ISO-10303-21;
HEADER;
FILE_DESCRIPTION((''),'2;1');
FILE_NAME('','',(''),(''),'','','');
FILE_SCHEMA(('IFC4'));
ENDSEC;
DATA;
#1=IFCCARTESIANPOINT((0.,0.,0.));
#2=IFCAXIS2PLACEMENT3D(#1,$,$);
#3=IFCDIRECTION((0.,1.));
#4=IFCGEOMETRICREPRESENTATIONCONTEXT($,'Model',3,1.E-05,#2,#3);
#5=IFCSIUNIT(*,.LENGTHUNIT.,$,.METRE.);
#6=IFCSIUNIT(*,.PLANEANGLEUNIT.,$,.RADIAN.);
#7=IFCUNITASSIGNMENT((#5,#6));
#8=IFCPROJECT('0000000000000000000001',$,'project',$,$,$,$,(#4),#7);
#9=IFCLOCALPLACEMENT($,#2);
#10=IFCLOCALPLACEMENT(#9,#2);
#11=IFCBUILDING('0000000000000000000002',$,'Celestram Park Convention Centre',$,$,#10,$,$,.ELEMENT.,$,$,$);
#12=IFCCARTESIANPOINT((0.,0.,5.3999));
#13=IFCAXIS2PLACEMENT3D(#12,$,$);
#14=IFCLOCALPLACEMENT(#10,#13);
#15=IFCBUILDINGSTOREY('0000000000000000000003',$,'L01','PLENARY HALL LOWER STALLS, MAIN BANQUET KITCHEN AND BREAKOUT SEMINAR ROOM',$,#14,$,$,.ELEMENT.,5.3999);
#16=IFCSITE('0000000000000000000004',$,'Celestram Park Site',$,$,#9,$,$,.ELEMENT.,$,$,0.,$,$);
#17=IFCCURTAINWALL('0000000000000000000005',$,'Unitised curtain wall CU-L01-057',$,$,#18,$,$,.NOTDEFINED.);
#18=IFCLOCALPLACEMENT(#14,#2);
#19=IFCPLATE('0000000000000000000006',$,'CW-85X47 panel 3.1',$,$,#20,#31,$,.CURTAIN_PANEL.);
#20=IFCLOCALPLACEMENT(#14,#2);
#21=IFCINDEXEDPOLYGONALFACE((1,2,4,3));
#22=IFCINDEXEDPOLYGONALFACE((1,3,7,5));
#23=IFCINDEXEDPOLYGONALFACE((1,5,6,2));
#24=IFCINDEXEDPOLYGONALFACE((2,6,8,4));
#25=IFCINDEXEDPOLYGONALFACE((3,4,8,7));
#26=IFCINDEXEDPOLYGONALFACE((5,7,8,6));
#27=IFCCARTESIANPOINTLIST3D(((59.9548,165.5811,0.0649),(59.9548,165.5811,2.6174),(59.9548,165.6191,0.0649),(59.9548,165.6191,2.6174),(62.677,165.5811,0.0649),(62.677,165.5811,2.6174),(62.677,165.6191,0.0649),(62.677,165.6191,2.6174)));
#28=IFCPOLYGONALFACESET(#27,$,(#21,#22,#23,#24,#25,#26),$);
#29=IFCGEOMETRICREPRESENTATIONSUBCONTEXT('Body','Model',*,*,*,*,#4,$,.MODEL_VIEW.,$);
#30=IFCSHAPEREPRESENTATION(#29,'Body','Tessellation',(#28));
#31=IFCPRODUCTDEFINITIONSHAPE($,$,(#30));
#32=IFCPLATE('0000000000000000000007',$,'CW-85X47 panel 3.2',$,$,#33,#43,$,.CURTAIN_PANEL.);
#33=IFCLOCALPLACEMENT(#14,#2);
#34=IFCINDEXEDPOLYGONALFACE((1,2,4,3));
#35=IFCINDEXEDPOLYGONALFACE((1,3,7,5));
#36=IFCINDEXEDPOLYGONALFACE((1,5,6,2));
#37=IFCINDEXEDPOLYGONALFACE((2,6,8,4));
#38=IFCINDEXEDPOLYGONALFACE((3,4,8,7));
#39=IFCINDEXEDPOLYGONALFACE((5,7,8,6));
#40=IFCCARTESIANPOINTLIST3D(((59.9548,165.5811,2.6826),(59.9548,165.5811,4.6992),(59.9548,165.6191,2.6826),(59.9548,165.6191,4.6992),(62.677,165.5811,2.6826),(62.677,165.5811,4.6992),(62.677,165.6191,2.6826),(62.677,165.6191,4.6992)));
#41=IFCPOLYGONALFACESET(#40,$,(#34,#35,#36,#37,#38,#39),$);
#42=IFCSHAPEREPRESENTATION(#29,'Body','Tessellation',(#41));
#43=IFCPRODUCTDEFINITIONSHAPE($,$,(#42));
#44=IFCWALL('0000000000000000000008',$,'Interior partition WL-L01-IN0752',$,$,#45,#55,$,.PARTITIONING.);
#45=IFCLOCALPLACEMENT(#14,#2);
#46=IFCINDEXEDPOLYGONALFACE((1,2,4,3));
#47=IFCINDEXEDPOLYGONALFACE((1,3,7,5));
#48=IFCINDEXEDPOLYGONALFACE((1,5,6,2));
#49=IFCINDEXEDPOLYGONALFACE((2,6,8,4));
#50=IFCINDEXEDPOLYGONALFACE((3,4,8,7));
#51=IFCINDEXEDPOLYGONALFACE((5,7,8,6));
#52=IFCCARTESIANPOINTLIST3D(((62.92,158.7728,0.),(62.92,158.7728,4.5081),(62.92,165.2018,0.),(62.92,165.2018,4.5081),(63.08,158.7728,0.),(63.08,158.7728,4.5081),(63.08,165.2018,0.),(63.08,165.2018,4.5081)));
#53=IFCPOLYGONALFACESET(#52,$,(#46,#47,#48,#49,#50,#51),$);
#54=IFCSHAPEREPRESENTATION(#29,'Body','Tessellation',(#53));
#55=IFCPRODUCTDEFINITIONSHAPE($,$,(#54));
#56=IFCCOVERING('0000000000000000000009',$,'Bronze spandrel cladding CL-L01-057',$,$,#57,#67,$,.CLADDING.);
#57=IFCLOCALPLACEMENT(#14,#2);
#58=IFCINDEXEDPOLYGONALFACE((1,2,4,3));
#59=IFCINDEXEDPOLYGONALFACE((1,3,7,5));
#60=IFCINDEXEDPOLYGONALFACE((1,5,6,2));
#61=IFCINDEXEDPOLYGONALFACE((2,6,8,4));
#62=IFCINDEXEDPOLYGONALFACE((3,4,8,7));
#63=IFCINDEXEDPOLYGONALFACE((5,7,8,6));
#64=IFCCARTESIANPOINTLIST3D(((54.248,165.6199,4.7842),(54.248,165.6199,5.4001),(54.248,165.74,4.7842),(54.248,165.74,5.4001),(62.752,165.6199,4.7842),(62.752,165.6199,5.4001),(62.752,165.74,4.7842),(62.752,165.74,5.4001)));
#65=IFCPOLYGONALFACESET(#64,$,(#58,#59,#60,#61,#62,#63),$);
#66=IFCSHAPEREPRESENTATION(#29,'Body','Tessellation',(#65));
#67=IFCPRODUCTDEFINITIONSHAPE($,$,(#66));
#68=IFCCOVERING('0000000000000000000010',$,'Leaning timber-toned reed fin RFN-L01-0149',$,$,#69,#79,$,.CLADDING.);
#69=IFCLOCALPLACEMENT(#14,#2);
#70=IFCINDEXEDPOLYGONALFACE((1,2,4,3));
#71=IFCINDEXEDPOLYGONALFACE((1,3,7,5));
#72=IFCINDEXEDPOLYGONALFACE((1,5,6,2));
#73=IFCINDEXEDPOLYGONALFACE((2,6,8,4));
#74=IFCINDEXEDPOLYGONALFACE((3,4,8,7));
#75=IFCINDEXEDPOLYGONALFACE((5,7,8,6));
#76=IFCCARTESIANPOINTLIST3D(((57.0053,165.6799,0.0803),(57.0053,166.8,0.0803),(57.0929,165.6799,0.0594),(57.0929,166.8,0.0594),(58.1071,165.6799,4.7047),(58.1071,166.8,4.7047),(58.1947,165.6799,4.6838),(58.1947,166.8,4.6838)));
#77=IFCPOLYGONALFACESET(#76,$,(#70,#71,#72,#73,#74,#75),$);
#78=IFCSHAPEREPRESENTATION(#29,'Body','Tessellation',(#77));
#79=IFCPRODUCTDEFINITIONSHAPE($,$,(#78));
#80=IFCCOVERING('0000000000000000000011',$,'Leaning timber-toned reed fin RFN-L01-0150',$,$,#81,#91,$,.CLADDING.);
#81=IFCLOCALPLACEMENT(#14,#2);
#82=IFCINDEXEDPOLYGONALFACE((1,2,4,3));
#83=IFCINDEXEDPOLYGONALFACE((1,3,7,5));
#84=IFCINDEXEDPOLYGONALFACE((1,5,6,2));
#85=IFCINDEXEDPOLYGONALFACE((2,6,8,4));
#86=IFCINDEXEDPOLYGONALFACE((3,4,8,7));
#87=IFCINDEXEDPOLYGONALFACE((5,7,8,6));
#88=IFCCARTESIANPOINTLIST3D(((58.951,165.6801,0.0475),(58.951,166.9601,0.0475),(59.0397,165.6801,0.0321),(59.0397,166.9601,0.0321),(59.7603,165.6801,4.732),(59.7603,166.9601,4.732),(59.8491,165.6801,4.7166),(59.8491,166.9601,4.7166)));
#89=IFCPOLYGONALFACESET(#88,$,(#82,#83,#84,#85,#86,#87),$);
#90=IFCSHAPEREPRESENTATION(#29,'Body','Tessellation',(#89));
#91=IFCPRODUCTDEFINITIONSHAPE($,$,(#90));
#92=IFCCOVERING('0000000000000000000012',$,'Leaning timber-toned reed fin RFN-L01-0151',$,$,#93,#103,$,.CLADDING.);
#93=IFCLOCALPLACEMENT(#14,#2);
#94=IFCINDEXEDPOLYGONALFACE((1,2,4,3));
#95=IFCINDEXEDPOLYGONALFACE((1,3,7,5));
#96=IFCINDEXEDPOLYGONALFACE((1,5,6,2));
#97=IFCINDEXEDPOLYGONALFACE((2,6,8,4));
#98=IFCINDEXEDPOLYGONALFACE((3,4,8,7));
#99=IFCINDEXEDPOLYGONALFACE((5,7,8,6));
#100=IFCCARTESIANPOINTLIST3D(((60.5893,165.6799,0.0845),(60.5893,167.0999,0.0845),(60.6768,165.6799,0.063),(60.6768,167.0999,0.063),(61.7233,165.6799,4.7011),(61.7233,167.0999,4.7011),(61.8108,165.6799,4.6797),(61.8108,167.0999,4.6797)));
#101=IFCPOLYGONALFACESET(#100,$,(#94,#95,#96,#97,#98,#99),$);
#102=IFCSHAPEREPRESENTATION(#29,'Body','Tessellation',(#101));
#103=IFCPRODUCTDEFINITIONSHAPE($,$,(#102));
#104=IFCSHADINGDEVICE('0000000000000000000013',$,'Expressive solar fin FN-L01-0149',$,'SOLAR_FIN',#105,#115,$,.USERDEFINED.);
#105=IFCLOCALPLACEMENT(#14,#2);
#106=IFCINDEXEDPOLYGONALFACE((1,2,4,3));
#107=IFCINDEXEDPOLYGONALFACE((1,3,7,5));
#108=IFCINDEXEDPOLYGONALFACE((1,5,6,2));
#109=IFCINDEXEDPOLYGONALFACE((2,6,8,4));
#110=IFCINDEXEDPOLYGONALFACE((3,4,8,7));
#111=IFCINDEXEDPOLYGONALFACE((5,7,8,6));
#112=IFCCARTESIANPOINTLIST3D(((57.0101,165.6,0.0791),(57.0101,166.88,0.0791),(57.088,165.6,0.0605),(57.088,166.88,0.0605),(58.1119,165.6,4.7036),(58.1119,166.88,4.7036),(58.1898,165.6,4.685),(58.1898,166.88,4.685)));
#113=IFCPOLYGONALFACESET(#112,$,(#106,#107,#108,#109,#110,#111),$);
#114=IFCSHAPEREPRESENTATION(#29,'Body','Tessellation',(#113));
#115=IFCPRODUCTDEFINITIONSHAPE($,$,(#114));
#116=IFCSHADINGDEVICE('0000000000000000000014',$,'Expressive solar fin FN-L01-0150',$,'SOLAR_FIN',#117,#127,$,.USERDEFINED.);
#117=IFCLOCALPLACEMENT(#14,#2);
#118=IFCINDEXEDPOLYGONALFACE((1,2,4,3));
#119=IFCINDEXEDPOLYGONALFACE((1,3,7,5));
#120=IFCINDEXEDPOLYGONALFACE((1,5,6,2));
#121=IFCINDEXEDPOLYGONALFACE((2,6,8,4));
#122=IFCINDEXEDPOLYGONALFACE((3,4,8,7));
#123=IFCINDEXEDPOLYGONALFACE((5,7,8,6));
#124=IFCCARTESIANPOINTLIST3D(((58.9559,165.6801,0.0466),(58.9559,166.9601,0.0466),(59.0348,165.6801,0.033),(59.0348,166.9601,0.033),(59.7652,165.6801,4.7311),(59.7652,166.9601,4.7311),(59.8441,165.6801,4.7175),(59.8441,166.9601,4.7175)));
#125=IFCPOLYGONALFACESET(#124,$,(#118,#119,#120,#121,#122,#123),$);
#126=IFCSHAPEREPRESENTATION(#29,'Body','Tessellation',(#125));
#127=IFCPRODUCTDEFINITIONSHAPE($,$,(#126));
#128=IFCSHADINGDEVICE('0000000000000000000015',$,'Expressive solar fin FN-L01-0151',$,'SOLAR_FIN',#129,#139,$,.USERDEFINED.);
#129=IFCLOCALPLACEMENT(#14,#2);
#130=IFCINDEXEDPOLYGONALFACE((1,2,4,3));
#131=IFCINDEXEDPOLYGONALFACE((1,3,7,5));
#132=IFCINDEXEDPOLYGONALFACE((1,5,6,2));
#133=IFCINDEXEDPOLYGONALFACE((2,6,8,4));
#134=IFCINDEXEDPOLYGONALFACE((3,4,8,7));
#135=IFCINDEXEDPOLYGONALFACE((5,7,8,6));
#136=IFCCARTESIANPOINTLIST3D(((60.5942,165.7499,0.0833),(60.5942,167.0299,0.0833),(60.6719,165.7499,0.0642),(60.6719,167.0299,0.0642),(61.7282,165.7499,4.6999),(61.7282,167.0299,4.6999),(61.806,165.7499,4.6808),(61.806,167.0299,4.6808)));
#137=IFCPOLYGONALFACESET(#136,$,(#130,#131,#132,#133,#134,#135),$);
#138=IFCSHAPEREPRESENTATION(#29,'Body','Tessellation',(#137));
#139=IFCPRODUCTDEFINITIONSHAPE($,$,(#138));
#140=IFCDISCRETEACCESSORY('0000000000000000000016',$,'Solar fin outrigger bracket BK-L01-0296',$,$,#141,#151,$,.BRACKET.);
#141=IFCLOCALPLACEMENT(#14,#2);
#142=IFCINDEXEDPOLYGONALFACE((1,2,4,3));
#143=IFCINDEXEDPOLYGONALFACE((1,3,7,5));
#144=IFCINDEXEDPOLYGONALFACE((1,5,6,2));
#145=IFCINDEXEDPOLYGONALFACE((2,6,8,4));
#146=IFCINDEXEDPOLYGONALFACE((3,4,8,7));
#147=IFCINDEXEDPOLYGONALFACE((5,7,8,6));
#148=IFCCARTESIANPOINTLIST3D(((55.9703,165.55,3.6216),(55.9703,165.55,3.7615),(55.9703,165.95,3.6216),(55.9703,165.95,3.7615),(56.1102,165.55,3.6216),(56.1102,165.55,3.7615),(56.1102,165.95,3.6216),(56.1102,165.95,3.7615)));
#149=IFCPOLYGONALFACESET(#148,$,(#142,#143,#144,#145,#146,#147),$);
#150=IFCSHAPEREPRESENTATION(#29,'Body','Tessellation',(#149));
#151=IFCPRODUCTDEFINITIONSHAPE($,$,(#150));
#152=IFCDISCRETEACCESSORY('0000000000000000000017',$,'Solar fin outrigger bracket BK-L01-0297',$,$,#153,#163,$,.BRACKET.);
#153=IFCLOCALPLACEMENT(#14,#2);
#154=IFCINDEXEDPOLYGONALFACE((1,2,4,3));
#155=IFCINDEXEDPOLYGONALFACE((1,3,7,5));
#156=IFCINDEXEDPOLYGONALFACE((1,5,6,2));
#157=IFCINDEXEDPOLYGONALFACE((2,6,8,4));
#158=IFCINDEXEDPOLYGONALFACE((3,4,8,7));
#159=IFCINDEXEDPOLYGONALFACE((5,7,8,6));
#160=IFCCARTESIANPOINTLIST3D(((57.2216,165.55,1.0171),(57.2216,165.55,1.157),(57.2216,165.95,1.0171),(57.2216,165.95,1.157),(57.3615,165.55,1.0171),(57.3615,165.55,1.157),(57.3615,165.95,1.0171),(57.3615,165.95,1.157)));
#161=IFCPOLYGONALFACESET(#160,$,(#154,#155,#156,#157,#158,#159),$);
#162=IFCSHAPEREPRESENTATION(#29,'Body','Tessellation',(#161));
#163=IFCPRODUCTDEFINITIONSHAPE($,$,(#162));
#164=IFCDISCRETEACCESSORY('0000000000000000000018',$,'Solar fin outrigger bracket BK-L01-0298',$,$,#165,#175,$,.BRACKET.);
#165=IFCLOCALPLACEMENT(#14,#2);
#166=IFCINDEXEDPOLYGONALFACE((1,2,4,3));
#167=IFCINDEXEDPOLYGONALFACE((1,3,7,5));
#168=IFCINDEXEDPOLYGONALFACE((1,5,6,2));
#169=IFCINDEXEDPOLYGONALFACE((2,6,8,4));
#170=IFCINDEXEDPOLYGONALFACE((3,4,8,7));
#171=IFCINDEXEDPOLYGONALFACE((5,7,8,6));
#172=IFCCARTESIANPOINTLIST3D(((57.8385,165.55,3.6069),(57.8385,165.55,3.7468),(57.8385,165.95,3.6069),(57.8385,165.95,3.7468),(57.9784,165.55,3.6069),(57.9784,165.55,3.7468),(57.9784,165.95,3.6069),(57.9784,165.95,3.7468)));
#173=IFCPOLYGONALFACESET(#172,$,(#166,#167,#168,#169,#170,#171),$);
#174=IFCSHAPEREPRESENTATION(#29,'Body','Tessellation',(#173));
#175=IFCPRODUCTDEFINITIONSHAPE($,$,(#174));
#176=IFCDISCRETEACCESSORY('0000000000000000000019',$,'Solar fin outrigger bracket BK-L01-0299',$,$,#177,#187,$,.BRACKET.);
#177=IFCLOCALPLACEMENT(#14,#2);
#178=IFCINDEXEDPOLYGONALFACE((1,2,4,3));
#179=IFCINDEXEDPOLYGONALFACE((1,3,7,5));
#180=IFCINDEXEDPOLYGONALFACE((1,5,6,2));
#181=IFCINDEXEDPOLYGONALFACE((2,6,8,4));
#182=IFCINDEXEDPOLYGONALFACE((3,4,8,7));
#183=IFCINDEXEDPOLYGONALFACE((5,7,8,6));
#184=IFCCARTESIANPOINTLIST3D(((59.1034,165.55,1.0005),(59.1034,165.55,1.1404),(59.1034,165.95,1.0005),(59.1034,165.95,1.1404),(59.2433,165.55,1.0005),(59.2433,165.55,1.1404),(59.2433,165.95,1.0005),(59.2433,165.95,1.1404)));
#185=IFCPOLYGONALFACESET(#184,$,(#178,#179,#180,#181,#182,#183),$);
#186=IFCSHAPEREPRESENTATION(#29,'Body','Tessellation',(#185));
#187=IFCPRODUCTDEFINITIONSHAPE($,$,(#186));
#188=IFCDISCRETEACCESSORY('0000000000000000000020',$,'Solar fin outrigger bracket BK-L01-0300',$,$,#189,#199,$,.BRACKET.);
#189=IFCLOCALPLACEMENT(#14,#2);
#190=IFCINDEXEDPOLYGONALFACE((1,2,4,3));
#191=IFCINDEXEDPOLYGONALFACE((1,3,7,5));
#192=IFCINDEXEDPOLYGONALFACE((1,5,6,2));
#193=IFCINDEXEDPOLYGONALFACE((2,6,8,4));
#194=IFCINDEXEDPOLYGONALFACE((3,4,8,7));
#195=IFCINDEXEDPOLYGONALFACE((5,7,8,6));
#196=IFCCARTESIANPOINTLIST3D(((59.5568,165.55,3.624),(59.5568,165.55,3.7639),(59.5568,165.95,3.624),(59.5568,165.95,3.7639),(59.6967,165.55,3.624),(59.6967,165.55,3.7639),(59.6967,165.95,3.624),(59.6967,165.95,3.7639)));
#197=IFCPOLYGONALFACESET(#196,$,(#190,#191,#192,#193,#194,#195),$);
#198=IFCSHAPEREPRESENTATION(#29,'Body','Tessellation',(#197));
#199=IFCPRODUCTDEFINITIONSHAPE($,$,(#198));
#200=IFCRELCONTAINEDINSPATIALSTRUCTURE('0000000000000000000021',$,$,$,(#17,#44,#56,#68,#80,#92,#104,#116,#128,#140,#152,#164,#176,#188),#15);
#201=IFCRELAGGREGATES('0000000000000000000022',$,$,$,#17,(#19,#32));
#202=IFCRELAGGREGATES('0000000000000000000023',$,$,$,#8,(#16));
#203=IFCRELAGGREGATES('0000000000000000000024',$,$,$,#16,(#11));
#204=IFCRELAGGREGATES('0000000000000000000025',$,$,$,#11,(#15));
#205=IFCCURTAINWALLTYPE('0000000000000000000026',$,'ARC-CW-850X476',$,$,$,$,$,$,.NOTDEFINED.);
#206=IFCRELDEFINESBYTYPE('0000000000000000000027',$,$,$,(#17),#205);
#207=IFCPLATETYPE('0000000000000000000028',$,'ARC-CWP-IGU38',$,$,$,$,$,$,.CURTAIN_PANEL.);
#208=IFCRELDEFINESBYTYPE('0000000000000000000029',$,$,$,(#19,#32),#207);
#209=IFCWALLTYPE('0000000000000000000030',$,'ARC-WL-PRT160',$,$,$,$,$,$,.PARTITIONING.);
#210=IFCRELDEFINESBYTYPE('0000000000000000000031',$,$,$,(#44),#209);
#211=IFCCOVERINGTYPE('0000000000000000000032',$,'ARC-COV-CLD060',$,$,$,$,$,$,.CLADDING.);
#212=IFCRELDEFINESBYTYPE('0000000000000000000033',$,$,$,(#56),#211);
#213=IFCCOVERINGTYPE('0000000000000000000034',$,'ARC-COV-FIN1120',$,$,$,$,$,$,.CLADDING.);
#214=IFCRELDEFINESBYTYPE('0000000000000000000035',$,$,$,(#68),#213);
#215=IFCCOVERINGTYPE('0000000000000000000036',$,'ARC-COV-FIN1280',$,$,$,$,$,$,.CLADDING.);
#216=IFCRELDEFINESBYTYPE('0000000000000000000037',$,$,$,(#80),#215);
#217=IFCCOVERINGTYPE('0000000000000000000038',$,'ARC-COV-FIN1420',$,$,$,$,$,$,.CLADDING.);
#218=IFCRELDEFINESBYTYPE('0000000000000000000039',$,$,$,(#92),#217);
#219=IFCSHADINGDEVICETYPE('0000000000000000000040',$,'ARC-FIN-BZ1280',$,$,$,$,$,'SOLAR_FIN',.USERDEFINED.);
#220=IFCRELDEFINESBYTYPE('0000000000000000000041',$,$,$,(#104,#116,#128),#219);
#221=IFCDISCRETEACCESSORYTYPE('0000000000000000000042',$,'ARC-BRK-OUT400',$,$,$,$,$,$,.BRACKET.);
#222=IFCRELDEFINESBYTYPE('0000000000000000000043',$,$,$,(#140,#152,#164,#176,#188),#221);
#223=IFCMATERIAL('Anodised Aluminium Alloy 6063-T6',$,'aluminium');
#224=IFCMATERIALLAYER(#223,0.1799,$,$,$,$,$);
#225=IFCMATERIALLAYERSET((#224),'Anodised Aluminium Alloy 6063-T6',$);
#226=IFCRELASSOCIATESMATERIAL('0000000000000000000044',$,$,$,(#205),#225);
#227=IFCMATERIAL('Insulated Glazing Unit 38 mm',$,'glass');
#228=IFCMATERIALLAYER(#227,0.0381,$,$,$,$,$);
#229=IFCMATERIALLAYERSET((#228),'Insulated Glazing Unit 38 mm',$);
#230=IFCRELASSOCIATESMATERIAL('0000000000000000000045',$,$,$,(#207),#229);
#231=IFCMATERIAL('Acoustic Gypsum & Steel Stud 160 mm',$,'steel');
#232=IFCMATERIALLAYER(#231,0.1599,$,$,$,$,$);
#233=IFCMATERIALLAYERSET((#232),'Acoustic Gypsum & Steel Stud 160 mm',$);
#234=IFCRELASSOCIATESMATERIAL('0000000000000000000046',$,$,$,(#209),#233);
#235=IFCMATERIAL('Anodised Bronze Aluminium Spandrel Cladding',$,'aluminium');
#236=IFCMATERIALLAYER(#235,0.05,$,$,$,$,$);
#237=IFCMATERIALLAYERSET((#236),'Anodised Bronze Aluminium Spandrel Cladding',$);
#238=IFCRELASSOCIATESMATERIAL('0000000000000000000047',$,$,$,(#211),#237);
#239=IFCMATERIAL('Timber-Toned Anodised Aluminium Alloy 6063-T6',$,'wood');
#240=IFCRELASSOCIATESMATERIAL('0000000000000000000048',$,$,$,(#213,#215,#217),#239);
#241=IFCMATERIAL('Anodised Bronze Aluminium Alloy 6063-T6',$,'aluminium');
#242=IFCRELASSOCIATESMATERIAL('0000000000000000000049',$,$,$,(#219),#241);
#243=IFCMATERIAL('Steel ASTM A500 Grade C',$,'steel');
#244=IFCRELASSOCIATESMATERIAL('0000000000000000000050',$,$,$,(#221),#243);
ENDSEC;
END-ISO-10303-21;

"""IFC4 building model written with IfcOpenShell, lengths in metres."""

from ifc_helpers import new_model, si_unit, direction, frame, frame_2d, origin, origin_2d, place, context, subcontext, project, spatial, rectangle, extrude, material, layer, layer_set, material_profile, profile_set, type_object, element, aggregate, save


model = new_model("IFC4")

# Units and contexts
model_context = context("Model", 3, precision=1e-05, world=origin(), true_north=direction((0.0, 1.0)))
body_context = subcontext(model_context, "Body", "Model", "MODEL_VIEW")
ifc_project = project(units=[si_unit("LENGTHUNIT", "METRE"), si_unit("PLANEANGLEUNIT", "RADIAN")], contexts=[model_context])

# Site, building, storey
site_placement = place(None, origin())
site = spatial("IfcSite", under=ifc_project, at=site_placement, Name="Celestram Park Site", CompositionType="ELEMENT", RefElevation=0.0)
building_placement = place(site_placement, origin())
building = spatial("IfcBuilding", under=site, at=building_placement, Name="Celestram Park Convention Centre", CompositionType="ELEMENT")
storey_placement = place(building_placement, frame((0.0, 0.0, 5.3999)))
storey = spatial("IfcBuildingStorey", under=building, at=storey_placement, Name="L01", Description="PLENARY HALL LOWER STALLS, MAIN BANQUET KITCHEN AND BREAKOUT SEMINAR ROOM", CompositionType="ELEMENT", Elevation=5.3999)

# Curtain wall
ifc_material_1 = material(Name="Anodised Aluminium Alloy 6063-T6", Category="aluminium")
ifc_layer_1 = layer(ifc_material_1, 0.1799)
ifc_layer_set_1 = layer_set([ifc_layer_1], Name="Anodised Aluminium Alloy 6063-T6")
curtain_wall_type = type_object("IfcCurtainWallType", Name="ARC-CW-850X476", PredefinedType="NOTDEFINED", material=ifc_layer_set_1)
curtain_wall_1_placement = place(storey_placement, origin())
curtain_wall_1 = element("IfcCurtainWall", 1, at=curtain_wall_1_placement, inside=storey, type_object=curtain_wall_type, Name="Unitised curtain wall CU-L01-057", PredefinedType="NOTDEFINED")

# Plates
ifc_material_2 = material(Name="Insulated Glazing Unit 38 mm", Category="glass")
ifc_layer_2 = layer(ifc_material_2, 0.0381)
ifc_layer_set_2 = layer_set([ifc_layer_2], Name="Insulated Glazing Unit 38 mm")
plate_type = type_object("IfcPlateType", Name="ARC-CWP-IGU38", PredefinedType="CURTAIN_PANEL", material=ifc_layer_set_2)
plate_1_placement = place(storey_placement, frame((61.3159, 165.6001, 0.0649), z_axis=(0.0, 0.0, 1.0), x_axis=(1.0, 0.0, 0.0)))
plate_1 = element("IfcPlate", 2, at=plate_1_placement, type_object=plate_type, Name="CW-85X47 panel 3.1", PredefinedType="CURTAIN_PANEL", context=body_context, shape_type="SweptSolid", body=[
    extrude(rectangle(XDim=2.7222, YDim=0.0381, at=origin_2d()), origin(), (0.0, 0.0, 1.0), 2.5525),
])
plate_2_placement = place(storey_placement, frame((61.3159, 165.6001, 2.6826), z_axis=(0.0, 0.0, 1.0), x_axis=(1.0, 0.0, 0.0)))
plate_2 = element("IfcPlate", 3, at=plate_2_placement, type_object=plate_type, Name="CW-85X47 panel 3.2", PredefinedType="CURTAIN_PANEL", context=body_context, shape_type="SweptSolid", body=[
    extrude(rectangle(XDim=2.7222, YDim=0.0381, at=origin_2d()), origin(), (0.0, 0.0, 1.0), 2.0166),
])
aggregate(curtain_wall_1, [plate_1, plate_2])

# Wall
ifc_material_3 = material(Name="Acoustic Gypsum & Steel Stud 160 mm", Category="steel")
ifc_layer_3 = layer(ifc_material_3, 0.1599)
ifc_layer_set_3 = layer_set([ifc_layer_3], Name="Acoustic Gypsum & Steel Stud 160 mm")
wall_type = type_object("IfcWallType", Name="ARC-WL-PRT160", PredefinedType="PARTITIONING", material=ifc_layer_set_3)
wall_placement = place(storey_placement, frame((63.0, 158.7729, 0.0), z_axis=(0.0, 0.0, 1.0), x_axis=(0.0, 1.0, 0.0)))
element("IfcWall", 4, at=wall_placement, inside=storey, type_object=wall_type, Name="Interior partition WL-L01-IN0752", PredefinedType="PARTITIONING", context=body_context, shape_type="SweptSolid", body=[
    extrude(rectangle(XDim=6.429, YDim=0.1599, at=frame_2d((3.2144, 0.0))), origin(), (0.0, 0.0, 1.0), 4.5081),
])

# Coverings
ifc_material_4 = material(Name="Anodised Bronze Aluminium Spandrel Cladding", Category="aluminium")
ifc_layer_4 = layer(ifc_material_4, 0.05)
ifc_layer_set_4 = layer_set([ifc_layer_4], Name="Anodised Bronze Aluminium Spandrel Cladding")
covering_type_1 = type_object("IfcCoveringType", Name="ARC-COV-CLD060", PredefinedType="CLADDING", material=ifc_layer_set_4)
covering_1_placement = place(storey_placement, frame((58.5, 165.6799, 4.7842), z_axis=(0.0, 0.0, 1.0), x_axis=(1.0, 0.0, 0.0)))
element("IfcCovering", 5, at=covering_1_placement, inside=storey, type_object=covering_type_1, Name="Bronze spandrel cladding CL-L01-057", PredefinedType="CLADDING", context=body_context, shape_type="SweptSolid", body=[
    extrude(rectangle(XDim=8.5039, YDim=0.1201, at=origin_2d()), origin(), (0.0, 0.0, 1.0), 0.616),
])
ifc_material_5 = material(Name="Timber-Toned Anodised Aluminium Alloy 6063-T6", Category="wood")
ifc_material_profile_1 = material_profile(ifc_material_5, rectangle(XDim=1.1201, YDim=0.0901, at=origin_2d()), Name="REED1120X90")
ifc_profile_set_1 = profile_set([ifc_material_profile_1], Name="Timber-Toned Anodised Aluminium Alloy 6063-T6")
covering_type_2 = type_object("IfcCoveringType", Name="ARC-COV-FIN1120", PredefinedType="CLADDING", material=ifc_profile_set_1)
covering_2_placement = place(storey_placement, frame((57.0491, 166.24, 0.0698), z_axis=(0.231766, 0.0, 0.972771), x_axis=(0.0, 1.0, 0.0)))
element("IfcCovering", 6, at=covering_2_placement, inside=storey, type_object=covering_type_2, Name="Leaning timber-toned reed fin RFN-L01-0149", PredefinedType="CLADDING", context=body_context, shape_type="SweptSolid", body=[
    extrude(rectangle(XDim=1.1201, YDim=0.0901, at=origin_2d()), origin(), (0.0, 0.0, 1.0), 4.7539),
])
ifc_material_profile_2 = material_profile(ifc_material_5, rectangle(XDim=1.28, YDim=0.0901, at=origin_2d()), Name="REED1280X90")
ifc_profile_set_2 = profile_set([ifc_material_profile_2], Name="Timber-Toned Anodised Aluminium Alloy 6063-T6")
covering_type_3 = type_object("IfcCoveringType", Name="ARC-COV-FIN1280", PredefinedType="CLADDING", material=ifc_profile_set_2)
covering_3_placement = place(storey_placement, frame((58.9954, 166.3201, 0.0398), z_axis=(0.170242, 0.0, 0.985402), x_axis=(0.0, 1.0, 0.0)))
element("IfcCovering", 7, at=covering_3_placement, inside=storey, type_object=covering_type_3, Name="Leaning timber-toned reed fin RFN-L01-0150", PredefinedType="CLADDING", context=body_context, shape_type="SweptSolid", body=[
    extrude(rectangle(XDim=1.28, YDim=0.0901, at=origin_2d()), origin(), (0.0, 0.0, 1.0), 4.7539),
])
ifc_material_profile_3 = material_profile(ifc_material_5, rectangle(XDim=1.4199, YDim=0.0901, at=origin_2d()), Name="REED1420X90")
ifc_profile_set_3 = profile_set([ifc_material_profile_3], Name="Timber-Toned Anodised Aluminium Alloy 6063-T6")
covering_type_4 = type_object("IfcCoveringType", Name="ARC-COV-FIN1420", PredefinedType="CLADDING", material=ifc_profile_set_3)
covering_4_placement = place(storey_placement, frame((60.6331, 166.3899, 0.0737), z_axis=(0.238546, 0.0, 0.971131), x_axis=(0.0, 1.0, 0.0)))
element("IfcCovering", 8, at=covering_4_placement, inside=storey, type_object=covering_type_4, Name="Leaning timber-toned reed fin RFN-L01-0151", PredefinedType="CLADDING", context=body_context, shape_type="SweptSolid", body=[
    extrude(rectangle(XDim=1.4199, YDim=0.0901, at=origin_2d()), origin(), (0.0, 0.0, 1.0), 4.7539),
])

# Shading devices
ifc_material_6 = material(Name="Anodised Bronze Aluminium Alloy 6063-T6", Category="aluminium")
ifc_material_profile_4 = material_profile(ifc_material_6, rectangle(XDim=1.28, YDim=0.0801, at=origin_2d()), Name="FIN1280X80")
ifc_profile_set_4 = profile_set([ifc_material_profile_4], Name="Anodised Bronze Aluminium Alloy 6063-T6")
shading_device_type = type_object("IfcShadingDeviceType", Name="ARC-FIN-BZ1280", ElementType="SOLAR_FIN", PredefinedType="USERDEFINED", material=ifc_profile_set_4)
for number, where, z_axis, x_axis, name in (
    (9, (57.0491, 166.24, 0.0698), (0.231766, 0.0, 0.972771), (0.0, 1.0, 0.0), "Expressive solar fin FN-L01-0149"),
    (10, (58.9954, 166.3201, 0.0398), (0.170242, 0.0, 0.985402), (0.0, 1.0, 0.0), "Expressive solar fin FN-L01-0150"),
    (11, (60.6331, 166.3899, 0.0737), (0.238546, 0.0, 0.971131), (0.0, 1.0, 0.0), "Expressive solar fin FN-L01-0151"),
):
    element("IfcShadingDevice", number, at=place(storey_placement, frame(where, z_axis=z_axis, x_axis=x_axis)), inside=storey, type_object=shading_device_type, Name=name, ObjectType="SOLAR_FIN", PredefinedType="USERDEFINED", context=body_context, shape_type="SweptSolid", body=[
        extrude(rectangle(XDim=1.28, YDim=0.0801, at=origin_2d()), origin(), (0.0, 0.0, 1.0), 4.7539),
    ])

# Discrete accessories
ifc_material_7 = material(Name="Steel ASTM A500 Grade C", Category="steel")
discrete_accessory_type = type_object("IfcDiscreteAccessoryType", Name="ARC-BRK-OUT400", PredefinedType="BRACKET", material=ifc_material_7)
for number, where, z_axis, x_axis, name in (
    (12, (56.0403, 165.75, 3.6216), (0.0, 0.0, 1.0), (0.0, 1.0, 0.0), "Solar fin outrigger bracket BK-L01-0296"),
    (13, (57.2915, 165.75, 1.0171), (0.0, 0.0, 1.0), (0.0, 1.0, 0.0), "Solar fin outrigger bracket BK-L01-0297"),
    (14, (57.9084, 165.75, 3.6069), (0.0, 0.0, 1.0), (0.0, 1.0, 0.0), "Solar fin outrigger bracket BK-L01-0298"),
    (15, (59.1733, 165.75, 1.0005), (0.0, 0.0, 1.0), (0.0, 1.0, 0.0), "Solar fin outrigger bracket BK-L01-0299"),
    (16, (59.6267, 165.75, 3.624), (0.0, 0.0, 1.0), (0.0, 1.0, 0.0), "Solar fin outrigger bracket BK-L01-0300"),
):
    element("IfcDiscreteAccessory", number, at=place(storey_placement, frame(where, z_axis=z_axis, x_axis=x_axis)), inside=storey, type_object=discrete_accessory_type, Name=name, PredefinedType="BRACKET", context=body_context, shape_type="SweptSolid", body=[
        extrude(rectangle(XDim=0.3999, YDim=0.1399, at=origin_2d()), origin(), (0.0, 0.0, 1.0), 0.1399),
    ])

save(model, "model.ifc")
